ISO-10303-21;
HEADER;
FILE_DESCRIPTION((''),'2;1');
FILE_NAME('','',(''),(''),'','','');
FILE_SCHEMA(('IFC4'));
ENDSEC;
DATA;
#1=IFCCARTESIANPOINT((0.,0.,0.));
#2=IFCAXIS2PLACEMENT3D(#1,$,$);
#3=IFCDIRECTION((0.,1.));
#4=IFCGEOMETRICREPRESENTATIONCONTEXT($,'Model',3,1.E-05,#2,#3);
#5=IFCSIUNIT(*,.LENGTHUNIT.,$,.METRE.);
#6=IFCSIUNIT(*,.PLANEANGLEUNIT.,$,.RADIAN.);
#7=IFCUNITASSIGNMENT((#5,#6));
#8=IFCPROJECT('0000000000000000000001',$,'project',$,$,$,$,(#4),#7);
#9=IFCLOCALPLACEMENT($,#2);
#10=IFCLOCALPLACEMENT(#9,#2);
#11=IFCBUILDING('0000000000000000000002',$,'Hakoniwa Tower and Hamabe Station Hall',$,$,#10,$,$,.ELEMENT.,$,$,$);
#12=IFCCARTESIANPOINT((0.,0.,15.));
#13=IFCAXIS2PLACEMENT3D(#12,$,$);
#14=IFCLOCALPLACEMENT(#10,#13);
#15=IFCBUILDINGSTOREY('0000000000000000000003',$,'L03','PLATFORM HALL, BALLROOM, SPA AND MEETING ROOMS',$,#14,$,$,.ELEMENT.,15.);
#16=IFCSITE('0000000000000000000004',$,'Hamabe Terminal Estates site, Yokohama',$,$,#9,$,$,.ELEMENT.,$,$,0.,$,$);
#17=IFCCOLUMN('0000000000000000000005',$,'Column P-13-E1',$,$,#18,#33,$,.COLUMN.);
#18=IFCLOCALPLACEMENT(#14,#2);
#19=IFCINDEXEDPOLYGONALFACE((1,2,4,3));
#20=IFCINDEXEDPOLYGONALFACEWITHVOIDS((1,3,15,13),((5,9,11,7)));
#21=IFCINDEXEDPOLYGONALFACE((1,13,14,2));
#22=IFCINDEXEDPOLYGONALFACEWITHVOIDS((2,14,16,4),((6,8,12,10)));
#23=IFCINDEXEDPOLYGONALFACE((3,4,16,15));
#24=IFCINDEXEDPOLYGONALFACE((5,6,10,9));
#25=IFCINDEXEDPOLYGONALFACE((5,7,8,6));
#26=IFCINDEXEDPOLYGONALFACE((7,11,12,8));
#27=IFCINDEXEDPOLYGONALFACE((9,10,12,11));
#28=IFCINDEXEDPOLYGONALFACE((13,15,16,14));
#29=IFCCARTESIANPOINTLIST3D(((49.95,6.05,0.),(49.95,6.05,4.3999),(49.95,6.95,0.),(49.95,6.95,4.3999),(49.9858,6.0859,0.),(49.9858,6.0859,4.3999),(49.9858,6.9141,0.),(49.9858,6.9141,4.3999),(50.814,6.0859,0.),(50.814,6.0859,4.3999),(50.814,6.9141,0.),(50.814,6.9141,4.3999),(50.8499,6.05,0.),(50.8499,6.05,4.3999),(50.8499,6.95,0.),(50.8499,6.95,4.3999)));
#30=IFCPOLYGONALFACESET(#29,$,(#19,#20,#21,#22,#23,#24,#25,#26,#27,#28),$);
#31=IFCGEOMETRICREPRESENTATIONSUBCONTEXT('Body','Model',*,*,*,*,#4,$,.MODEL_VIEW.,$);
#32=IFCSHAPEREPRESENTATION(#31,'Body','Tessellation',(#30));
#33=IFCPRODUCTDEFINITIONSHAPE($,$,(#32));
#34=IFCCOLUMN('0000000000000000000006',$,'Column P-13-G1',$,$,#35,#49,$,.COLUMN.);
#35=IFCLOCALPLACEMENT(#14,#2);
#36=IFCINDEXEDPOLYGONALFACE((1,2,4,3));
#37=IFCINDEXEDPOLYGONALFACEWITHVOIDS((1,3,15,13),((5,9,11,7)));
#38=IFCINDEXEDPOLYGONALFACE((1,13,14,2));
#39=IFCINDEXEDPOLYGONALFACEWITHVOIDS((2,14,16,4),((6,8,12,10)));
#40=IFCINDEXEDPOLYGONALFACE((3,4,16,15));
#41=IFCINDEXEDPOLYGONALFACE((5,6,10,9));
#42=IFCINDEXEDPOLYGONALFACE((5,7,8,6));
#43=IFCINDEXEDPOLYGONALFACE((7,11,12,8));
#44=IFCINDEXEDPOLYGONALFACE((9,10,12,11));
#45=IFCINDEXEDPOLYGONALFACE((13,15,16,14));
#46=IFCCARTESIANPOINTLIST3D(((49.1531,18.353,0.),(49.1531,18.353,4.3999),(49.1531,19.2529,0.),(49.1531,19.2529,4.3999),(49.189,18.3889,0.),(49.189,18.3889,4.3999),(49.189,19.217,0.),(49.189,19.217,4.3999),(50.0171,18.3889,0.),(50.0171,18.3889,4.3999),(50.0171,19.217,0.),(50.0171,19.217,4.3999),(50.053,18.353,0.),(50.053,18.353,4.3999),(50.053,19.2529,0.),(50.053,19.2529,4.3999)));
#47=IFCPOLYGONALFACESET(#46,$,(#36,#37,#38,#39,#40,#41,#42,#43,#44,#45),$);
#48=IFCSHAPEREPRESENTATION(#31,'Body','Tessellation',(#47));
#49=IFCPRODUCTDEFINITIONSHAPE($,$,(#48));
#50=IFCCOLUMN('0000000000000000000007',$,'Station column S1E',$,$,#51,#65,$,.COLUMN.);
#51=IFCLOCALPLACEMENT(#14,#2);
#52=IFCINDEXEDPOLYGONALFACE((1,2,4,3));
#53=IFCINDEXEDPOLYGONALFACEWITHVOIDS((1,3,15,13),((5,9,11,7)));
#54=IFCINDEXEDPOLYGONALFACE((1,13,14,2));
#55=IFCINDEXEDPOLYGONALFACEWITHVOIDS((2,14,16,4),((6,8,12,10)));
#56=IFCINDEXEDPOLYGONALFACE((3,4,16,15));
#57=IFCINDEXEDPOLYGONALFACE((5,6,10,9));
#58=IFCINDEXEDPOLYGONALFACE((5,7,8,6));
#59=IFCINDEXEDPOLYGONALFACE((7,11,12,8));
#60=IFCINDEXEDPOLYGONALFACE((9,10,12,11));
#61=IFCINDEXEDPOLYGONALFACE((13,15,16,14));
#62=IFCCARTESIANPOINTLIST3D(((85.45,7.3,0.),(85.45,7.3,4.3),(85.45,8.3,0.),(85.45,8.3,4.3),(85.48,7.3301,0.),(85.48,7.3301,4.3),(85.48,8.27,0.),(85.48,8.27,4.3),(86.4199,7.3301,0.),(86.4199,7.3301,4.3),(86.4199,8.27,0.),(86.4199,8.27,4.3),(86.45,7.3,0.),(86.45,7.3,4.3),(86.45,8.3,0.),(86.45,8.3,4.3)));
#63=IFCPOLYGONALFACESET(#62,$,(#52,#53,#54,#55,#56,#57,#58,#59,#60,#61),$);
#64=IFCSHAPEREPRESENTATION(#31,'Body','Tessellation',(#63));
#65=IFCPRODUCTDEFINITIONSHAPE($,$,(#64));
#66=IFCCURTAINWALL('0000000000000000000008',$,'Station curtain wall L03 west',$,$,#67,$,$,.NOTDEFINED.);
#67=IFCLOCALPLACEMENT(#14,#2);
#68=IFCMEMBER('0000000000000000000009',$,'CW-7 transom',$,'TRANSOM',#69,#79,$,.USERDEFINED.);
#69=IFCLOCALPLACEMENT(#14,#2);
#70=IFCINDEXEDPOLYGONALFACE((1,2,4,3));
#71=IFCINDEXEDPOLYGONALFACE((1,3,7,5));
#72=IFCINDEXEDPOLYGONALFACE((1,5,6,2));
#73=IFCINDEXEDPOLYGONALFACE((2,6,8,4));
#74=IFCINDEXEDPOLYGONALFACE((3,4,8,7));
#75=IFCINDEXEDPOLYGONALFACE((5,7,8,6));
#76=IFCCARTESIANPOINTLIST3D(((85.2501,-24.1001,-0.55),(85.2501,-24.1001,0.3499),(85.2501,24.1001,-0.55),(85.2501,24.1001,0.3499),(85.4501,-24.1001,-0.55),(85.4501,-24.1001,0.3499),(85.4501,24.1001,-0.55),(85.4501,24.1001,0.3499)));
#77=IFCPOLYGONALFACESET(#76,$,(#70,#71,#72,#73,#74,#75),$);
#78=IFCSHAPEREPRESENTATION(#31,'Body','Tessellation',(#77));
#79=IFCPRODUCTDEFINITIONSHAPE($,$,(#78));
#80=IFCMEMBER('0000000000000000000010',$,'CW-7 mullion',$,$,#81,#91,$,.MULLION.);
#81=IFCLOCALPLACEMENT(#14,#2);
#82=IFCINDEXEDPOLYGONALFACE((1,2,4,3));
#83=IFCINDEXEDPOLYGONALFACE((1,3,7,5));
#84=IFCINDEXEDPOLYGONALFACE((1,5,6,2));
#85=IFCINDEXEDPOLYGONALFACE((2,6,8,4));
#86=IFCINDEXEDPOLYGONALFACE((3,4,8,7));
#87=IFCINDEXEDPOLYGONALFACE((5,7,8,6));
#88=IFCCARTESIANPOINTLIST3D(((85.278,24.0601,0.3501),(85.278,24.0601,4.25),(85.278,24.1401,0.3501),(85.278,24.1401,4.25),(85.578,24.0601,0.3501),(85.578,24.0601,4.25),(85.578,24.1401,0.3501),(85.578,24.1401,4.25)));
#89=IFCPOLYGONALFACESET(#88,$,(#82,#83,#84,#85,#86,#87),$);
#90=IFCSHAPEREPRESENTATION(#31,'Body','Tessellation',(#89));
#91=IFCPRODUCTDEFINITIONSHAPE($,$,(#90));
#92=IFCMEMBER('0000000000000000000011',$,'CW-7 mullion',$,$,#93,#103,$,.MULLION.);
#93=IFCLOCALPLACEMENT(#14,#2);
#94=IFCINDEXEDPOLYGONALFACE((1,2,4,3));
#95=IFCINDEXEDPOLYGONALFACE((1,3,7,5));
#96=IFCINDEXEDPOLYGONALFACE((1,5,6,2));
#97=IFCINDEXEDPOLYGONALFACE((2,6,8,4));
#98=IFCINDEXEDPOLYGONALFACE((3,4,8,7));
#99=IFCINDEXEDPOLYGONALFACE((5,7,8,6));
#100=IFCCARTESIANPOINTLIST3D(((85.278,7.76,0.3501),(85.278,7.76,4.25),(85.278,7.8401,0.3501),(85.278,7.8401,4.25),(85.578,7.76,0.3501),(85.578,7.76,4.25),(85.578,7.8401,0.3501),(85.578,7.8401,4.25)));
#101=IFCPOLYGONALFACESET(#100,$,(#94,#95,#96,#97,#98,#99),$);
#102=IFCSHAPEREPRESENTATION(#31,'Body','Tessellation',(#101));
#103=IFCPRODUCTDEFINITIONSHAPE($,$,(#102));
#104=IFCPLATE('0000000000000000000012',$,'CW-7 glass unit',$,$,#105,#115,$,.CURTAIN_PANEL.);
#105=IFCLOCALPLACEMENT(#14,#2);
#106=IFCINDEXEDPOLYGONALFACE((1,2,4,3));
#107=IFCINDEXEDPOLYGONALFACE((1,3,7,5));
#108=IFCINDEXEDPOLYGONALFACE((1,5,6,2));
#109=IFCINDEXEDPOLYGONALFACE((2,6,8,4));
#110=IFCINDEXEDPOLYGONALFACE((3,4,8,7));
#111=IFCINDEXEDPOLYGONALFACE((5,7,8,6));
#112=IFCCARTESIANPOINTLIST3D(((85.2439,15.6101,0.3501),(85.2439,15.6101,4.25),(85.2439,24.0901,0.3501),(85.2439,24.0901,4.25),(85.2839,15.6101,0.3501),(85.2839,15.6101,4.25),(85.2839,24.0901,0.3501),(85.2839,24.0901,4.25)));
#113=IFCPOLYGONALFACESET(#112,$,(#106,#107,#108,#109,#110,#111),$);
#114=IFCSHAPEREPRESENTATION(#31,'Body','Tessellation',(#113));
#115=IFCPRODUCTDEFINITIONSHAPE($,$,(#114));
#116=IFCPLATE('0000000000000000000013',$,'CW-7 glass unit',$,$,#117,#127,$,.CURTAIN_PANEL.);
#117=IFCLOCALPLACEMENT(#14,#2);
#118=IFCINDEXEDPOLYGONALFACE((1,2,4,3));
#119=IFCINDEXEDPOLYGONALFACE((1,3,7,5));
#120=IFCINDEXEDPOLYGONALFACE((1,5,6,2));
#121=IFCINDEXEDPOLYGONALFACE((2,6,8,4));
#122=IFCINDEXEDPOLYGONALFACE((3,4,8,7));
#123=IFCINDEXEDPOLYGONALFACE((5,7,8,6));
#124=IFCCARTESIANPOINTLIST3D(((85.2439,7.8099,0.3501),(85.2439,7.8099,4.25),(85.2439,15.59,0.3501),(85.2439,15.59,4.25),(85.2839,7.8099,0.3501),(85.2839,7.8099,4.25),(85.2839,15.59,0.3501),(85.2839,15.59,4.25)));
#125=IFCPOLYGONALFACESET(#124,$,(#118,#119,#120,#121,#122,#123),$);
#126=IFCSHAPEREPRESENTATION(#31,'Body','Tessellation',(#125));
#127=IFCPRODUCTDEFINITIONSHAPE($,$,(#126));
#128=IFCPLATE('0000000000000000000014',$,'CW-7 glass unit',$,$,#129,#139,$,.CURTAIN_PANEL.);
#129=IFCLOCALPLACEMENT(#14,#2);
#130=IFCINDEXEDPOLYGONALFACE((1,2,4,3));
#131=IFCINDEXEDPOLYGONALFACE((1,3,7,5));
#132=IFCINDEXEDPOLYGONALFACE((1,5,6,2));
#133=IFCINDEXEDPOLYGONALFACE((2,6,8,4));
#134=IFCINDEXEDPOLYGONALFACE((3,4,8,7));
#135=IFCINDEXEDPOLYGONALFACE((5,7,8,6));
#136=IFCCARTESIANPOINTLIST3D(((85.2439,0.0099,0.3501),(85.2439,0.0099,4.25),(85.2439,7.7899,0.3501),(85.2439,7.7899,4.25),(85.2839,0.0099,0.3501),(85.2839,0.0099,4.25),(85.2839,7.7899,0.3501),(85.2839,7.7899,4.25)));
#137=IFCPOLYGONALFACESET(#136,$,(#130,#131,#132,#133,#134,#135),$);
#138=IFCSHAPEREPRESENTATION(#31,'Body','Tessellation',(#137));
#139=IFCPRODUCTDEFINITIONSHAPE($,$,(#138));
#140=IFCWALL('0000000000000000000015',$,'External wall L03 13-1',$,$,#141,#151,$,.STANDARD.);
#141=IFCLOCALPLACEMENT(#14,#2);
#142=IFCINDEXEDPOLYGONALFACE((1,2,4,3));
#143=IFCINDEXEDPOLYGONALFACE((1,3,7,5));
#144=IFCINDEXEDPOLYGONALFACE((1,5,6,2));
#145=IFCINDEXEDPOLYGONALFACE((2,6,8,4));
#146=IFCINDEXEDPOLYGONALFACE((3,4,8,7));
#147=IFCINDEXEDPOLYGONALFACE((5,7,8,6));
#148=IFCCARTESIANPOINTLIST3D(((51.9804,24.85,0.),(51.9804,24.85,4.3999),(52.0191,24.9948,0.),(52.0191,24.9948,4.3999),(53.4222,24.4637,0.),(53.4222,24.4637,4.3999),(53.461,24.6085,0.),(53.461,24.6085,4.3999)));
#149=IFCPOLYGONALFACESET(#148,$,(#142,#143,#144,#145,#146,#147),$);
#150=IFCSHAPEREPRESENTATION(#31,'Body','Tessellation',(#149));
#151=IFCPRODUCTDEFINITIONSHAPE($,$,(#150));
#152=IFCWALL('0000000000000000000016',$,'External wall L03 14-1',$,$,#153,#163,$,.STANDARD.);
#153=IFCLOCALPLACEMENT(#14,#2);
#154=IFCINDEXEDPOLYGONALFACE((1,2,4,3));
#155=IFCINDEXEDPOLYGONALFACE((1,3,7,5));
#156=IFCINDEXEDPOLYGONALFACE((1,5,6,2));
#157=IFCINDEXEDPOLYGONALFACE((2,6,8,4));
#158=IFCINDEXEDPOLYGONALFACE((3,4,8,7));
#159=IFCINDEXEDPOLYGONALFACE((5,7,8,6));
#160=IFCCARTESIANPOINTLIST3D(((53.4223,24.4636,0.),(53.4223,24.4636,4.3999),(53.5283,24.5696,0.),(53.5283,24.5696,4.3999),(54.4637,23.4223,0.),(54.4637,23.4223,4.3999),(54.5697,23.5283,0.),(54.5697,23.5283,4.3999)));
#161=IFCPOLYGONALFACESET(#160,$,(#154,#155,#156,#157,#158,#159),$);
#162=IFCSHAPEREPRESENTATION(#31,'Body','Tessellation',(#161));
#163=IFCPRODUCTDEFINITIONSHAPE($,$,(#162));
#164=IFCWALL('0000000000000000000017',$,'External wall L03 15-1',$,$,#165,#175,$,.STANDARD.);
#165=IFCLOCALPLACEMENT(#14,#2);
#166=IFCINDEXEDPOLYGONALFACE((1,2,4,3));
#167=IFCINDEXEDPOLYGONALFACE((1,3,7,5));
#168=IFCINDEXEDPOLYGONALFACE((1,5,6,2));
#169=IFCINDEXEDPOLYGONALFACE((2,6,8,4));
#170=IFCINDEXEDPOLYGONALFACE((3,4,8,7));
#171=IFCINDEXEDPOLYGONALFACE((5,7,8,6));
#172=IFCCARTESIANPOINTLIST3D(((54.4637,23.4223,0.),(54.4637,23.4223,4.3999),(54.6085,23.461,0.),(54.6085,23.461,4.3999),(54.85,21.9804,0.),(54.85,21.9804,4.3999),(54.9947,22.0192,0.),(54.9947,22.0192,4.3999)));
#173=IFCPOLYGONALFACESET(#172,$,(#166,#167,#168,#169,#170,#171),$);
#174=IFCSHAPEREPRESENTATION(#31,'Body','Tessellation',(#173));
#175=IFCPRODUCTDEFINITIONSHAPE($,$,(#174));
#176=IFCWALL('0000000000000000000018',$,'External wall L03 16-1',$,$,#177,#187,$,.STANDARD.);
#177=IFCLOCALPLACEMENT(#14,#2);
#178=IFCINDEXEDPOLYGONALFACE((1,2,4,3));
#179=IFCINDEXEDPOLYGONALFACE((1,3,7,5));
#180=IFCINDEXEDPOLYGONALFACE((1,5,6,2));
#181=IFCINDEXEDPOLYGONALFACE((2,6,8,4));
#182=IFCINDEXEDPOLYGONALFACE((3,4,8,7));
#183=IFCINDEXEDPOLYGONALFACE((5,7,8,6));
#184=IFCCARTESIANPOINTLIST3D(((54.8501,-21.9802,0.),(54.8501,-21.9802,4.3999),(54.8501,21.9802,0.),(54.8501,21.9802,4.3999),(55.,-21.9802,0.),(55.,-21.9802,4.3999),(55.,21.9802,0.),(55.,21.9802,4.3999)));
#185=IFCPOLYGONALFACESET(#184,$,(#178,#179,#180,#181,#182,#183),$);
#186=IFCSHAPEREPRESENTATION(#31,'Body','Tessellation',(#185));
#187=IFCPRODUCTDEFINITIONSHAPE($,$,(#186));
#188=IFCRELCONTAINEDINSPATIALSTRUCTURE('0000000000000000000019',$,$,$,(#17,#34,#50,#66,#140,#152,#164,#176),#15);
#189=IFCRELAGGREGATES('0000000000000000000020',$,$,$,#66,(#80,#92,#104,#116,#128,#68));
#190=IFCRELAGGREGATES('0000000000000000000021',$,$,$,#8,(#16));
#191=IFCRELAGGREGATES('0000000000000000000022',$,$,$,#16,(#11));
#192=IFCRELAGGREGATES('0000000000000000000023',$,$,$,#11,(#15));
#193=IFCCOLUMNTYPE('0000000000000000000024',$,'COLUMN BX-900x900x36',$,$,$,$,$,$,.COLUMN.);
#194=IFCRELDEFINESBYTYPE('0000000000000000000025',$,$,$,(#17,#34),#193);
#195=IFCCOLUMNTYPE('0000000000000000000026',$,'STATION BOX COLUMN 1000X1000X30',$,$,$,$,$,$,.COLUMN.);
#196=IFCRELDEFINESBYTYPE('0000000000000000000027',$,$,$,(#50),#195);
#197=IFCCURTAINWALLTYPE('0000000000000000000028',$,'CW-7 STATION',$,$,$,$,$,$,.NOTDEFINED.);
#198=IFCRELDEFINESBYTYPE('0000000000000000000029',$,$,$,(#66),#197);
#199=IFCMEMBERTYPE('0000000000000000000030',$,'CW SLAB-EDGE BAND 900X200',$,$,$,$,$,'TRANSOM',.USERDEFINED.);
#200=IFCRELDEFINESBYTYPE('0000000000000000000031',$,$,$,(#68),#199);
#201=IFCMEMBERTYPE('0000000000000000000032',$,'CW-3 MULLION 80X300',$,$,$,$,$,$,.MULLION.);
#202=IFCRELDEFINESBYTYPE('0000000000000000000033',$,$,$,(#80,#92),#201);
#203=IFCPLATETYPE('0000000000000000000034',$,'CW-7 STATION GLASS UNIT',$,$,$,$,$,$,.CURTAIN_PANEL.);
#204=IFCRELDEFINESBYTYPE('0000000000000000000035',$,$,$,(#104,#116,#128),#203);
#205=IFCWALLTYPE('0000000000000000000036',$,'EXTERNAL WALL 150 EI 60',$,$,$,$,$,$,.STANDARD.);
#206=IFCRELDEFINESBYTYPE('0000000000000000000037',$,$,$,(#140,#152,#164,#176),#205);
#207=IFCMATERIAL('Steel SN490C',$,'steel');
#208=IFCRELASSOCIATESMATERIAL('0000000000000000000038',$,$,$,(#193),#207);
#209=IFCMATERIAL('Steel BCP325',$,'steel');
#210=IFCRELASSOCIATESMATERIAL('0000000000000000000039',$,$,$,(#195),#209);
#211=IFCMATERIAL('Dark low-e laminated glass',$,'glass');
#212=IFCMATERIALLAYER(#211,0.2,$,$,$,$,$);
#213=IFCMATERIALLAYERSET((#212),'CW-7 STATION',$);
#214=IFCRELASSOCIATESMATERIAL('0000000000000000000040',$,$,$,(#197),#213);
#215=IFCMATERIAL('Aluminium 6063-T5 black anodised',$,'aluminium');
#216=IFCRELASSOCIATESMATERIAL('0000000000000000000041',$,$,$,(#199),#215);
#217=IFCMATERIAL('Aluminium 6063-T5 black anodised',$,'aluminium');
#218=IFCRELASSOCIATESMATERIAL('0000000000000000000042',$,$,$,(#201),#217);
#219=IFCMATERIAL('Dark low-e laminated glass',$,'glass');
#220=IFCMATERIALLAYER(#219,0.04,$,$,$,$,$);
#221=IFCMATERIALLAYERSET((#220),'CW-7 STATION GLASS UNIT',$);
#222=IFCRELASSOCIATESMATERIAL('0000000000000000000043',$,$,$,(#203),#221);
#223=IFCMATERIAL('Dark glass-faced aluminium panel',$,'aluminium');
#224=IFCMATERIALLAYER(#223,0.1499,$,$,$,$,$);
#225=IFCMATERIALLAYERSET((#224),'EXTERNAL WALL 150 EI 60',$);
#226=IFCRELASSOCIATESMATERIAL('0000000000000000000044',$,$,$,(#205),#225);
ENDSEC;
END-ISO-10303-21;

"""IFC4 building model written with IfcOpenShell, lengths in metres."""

from ifc_helpers import new_model, si_unit, direction, frame, frame_2d, origin, origin_2d, place, context, subcontext, project, spatial, rectangle, hollow_rectangle, extrude, material, layer, layer_set, material_profile, profile_set, type_object, element, aggregate, save


model = new_model("IFC4")

# Units and contexts
model_context = context("Model", 3, precision=1e-05, world=origin(), true_north=direction((0.0, 1.0)))
body_context = subcontext(model_context, "Body", "Model", "MODEL_VIEW")
ifc_project = project(units=[si_unit("LENGTHUNIT", "METRE"), si_unit("PLANEANGLEUNIT", "RADIAN")], contexts=[model_context])

# Site, building, storey
site_placement = place(None, origin())
site = spatial("IfcSite", under=ifc_project, at=site_placement, Name="Hamabe Terminal Estates site, Yokohama", CompositionType="ELEMENT", RefElevation=0.0)
building_placement = place(site_placement, origin())
building = spatial("IfcBuilding", under=site, at=building_placement, Name="Hakoniwa Tower and Hamabe Station Hall", CompositionType="ELEMENT")
storey_placement = place(building_placement, frame((0.0, 0.0, 15.0)))
storey = spatial("IfcBuildingStorey", under=building, at=storey_placement, Name="L03", Description="PLATFORM HALL, BALLROOM, SPA AND MEETING ROOMS", CompositionType="ELEMENT", Elevation=15.0)

# Columns
ifc_material_1 = material(Name="Steel SN490C", Category="steel")
ifc_material_profile_1 = material_profile(ifc_material_1, hollow_rectangle(XDim=0.8999, YDim=0.8999, WallThickness=0.0359, at=origin_2d()), Name="BX-900x900x36")
ifc_profile_set_1 = profile_set([ifc_material_profile_1], Name="Steel SN490C")
column_type_1 = type_object("IfcColumnType", Name="COLUMN BX-900x900x36", PredefinedType="COLUMN", material=ifc_profile_set_1)
for number, where, z_axis, x_axis, name in (
    (1, (50.3999, 6.5, 0.0), (0.0, 0.0, 1.0), (1.0, 0.0, 0.0), "Column P-13-E1"),
    (2, (49.603, 18.803, 0.0), (0.0, 0.0, 1.0), (1.0, 0.0, 0.0), "Column P-13-G1"),
):
    element("IfcColumn", number, at=place(storey_placement, frame(where, z_axis=z_axis, x_axis=x_axis)), inside=storey, type_object=column_type_1, Name=name, PredefinedType="COLUMN", context=body_context, shape_type="SweptSolid", body=[
        extrude(hollow_rectangle(XDim=0.8999, YDim=0.8999, WallThickness=0.0359, at=origin_2d()), origin(), (0.0, 0.0, 1.0), 4.3999),
    ])
ifc_material_2 = material(Name="Steel BCP325", Category="steel")
ifc_material_profile_2 = material_profile(ifc_material_2, hollow_rectangle(XDim=1.0, YDim=1.0, WallThickness=0.03, at=origin_2d()), Name="STATION BOX COLUMN 1000X1000X30")
ifc_profile_set_2 = profile_set([ifc_material_profile_2], Name="Steel BCP325")
column_type_2 = type_object("IfcColumnType", Name="STATION BOX COLUMN 1000X1000X30", PredefinedType="COLUMN", material=ifc_profile_set_2)
column_placement = place(storey_placement, frame((85.95, 7.8, 0.0), z_axis=(0.0, 0.0, 1.0), x_axis=(1.0, 0.0, 0.0)))
element("IfcColumn", 3, at=column_placement, inside=storey, type_object=column_type_2, Name="Station column S1E", PredefinedType="COLUMN", context=body_context, shape_type="SweptSolid", body=[
    extrude(hollow_rectangle(XDim=1.0, YDim=1.0, WallThickness=0.03, at=origin_2d()), origin(), (0.0, 0.0, 1.0), 4.3),
])

# Curtain wall, members, plates
ifc_material_3 = material(Name="Dark low-e laminated glass", Category="glass")
ifc_layer_1 = layer(ifc_material_3, 0.2)
ifc_layer_set_1 = layer_set([ifc_layer_1], Name="CW-7 STATION")
curtain_wall_type = type_object("IfcCurtainWallType", Name="CW-7 STATION", PredefinedType="NOTDEFINED", material=ifc_layer_set_1)
curtain_wall_placement = place(storey_placement, origin())
curtain_wall = element("IfcCurtainWall", 4, at=curtain_wall_placement, inside=storey, type_object=curtain_wall_type, Name="Station curtain wall L03 west", PredefinedType="NOTDEFINED")
ifc_material_4 = material(Name="Aluminium 6063-T5 black anodised", Category="aluminium")
ifc_material_profile_3 = material_profile(ifc_material_4, rectangle(XDim=0.2, YDim=0.8999, at=origin_2d()), Name="CW SLAB-EDGE BAND 900X200")
ifc_profile_set_3 = profile_set([ifc_material_profile_3], Name="Aluminium 6063-T5 black anodised")
member_type_1 = type_object("IfcMemberType", Name="CW SLAB-EDGE BAND 900X200", ElementType="TRANSOM", PredefinedType="USERDEFINED", material=ifc_profile_set_3)
member_1_placement = place(storey_placement, frame((85.3501, 24.1001, -0.1001), z_axis=(0.0, -1.0, 0.0), x_axis=(1.0, 0.0, 0.0)))
member_1 = element("IfcMember", 5, at=member_1_placement, type_object=member_type_1, Name="CW-7 transom", ObjectType="TRANSOM", PredefinedType="USERDEFINED", context=body_context, shape_type="SweptSolid", body=[
    extrude(rectangle(XDim=0.2, YDim=0.8999, at=origin_2d()), origin(), (0.0, 0.0, 1.0), 48.2002),
])
ifc_material_5 = material(Name="Aluminium 6063-T5 black anodised", Category="aluminium")
ifc_material_profile_4 = material_profile(ifc_material_5, rectangle(XDim=0.0801, YDim=0.3, at=origin_2d()), Name="CW-3 MULLION 80X300")
ifc_profile_set_4 = profile_set([ifc_material_profile_4], Name="Aluminium 6063-T5 black anodised")
member_type_2 = type_object("IfcMemberType", Name="CW-3 MULLION 80X300", PredefinedType="MULLION", material=ifc_profile_set_4)
member_2_placement = place(storey_placement, frame((85.428, 24.1001, 0.3501), z_axis=(0.0, 0.0, 1.0), x_axis=(0.0, -1.0, 0.0)))
member_2 = element("IfcMember", 6, at=member_2_placement, type_object=member_type_2, Name="CW-7 mullion", PredefinedType="MULLION", context=body_context, shape_type="SweptSolid", body=[
    extrude(rectangle(XDim=0.0801, YDim=0.3, at=origin_2d()), origin(), (0.0, 0.0, 1.0), 3.8999),
])
member_3_placement = place(storey_placement, frame((85.428, 7.8, 0.3501), z_axis=(0.0, 0.0, 1.0), x_axis=(0.0, -1.0, 0.0)))
member_3 = element("IfcMember", 7, at=member_3_placement, type_object=member_type_2, Name="CW-7 mullion", PredefinedType="MULLION", context=body_context, shape_type="SweptSolid", body=[
    extrude(rectangle(XDim=0.0801, YDim=0.3, at=origin_2d()), origin(), (0.0, 0.0, 1.0), 3.8999),
])
ifc_material_6 = material(Name="Dark low-e laminated glass", Category="glass")
ifc_layer_2 = layer(ifc_material_6, 0.04)
ifc_layer_set_2 = layer_set([ifc_layer_2], Name="CW-7 STATION GLASS UNIT")
plate_type = type_object("IfcPlateType", Name="CW-7 STATION GLASS UNIT", PredefinedType="CURTAIN_PANEL", material=ifc_layer_set_2)
plate_1_placement = place(storey_placement, frame((85.2639, 19.8501, 0.3501), z_axis=(0.0, 0.0, 1.0), x_axis=(0.0, -1.0, 0.0)))
plate_1 = element("IfcPlate", 8, at=plate_1_placement, type_object=plate_type, Name="CW-7 glass unit", PredefinedType="CURTAIN_PANEL", context=body_context, shape_type="SweptSolid", body=[
    extrude(rectangle(XDim=8.48, YDim=0.04, at=origin_2d()), origin(), (0.0, 0.0, 1.0), 3.8999),
])
plate_2_placement = place(storey_placement, frame((85.2639, 11.7, 0.3501), z_axis=(0.0, 0.0, 1.0), x_axis=(0.0, -1.0, 0.0)))
plate_2 = element("IfcPlate", 9, at=plate_2_placement, type_object=plate_type, Name="CW-7 glass unit", PredefinedType="CURTAIN_PANEL", context=body_context, shape_type="SweptSolid", body=[
    extrude(rectangle(XDim=7.78, YDim=0.04, at=origin_2d()), origin(), (0.0, 0.0, 1.0), 3.8999),
])
plate_3_placement = place(storey_placement, frame((85.2639, 3.8999, 0.3501), z_axis=(0.0, 0.0, 1.0), x_axis=(0.0, -1.0, 0.0)))
plate_3 = element("IfcPlate", 10, at=plate_3_placement, type_object=plate_type, Name="CW-7 glass unit", PredefinedType="CURTAIN_PANEL", context=body_context, shape_type="SweptSolid", body=[
    extrude(rectangle(XDim=7.78, YDim=0.04, at=origin_2d()), origin(), (0.0, 0.0, 1.0), 3.8999),
])
aggregate(curtain_wall, [member_2, member_3, plate_1, plate_2, plate_3, member_1])

# Walls
ifc_material_7 = material(Name="Dark glass-faced aluminium panel", Category="aluminium")
ifc_layer_3 = layer(ifc_material_7, 0.1499)
ifc_layer_set_3 = layer_set([ifc_layer_3], Name="EXTERNAL WALL 150 EI 60")
wall_type_1 = type_object("IfcWallType", Name="EXTERNAL WALL 150 EI 60", PredefinedType="STANDARD", material=ifc_layer_set_3)
wall_1_placement = place(storey_placement, frame((51.9998, 24.9224, 0.0), z_axis=(0.0, 0.0, 1.0), x_axis=(0.965947, -0.258742, 0.0)))
element("IfcWall", 11, at=wall_1_placement, inside=storey, type_object=wall_type_1, Name="External wall L03 13-1", PredefinedType="STANDARD", context=body_context, shape_type="SweptSolid", body=[
    extrude(rectangle(XDim=1.4927, YDim=0.1499, at=frame_2d((0.7463, 0.0))), origin(), (0.0, 0.0, 1.0), 4.3999),
])
wall_2_placement = place(storey_placement, frame((53.4753, 24.5166, 0.0), z_axis=(0.0, 0.0, 1.0), x_axis=(0.707107, -0.707107, 0.0)))
element("IfcWall", 12, at=wall_2_placement, inside=storey, type_object=wall_type_1, Name="External wall L03 14-1", PredefinedType="STANDARD", context=body_context, shape_type="SweptSolid", body=[
    extrude(rectangle(XDim=1.4727, YDim=0.1499, at=frame_2d((0.7363, 0.0))), origin(), (0.0, 0.0, 1.0), 4.3999),
])
wall_3_placement = place(storey_placement, frame((54.5361, 23.4417, 0.0), z_axis=(0.0, 0.0, 1.0), x_axis=(0.258742, -0.965947, 0.0)))
element("IfcWall", 13, at=wall_3_placement, inside=storey, type_object=wall_type_1, Name="External wall L03 15-1", PredefinedType="STANDARD", context=body_context, shape_type="SweptSolid", body=[
    extrude(rectangle(XDim=1.4927, YDim=0.1499, at=frame_2d((0.7463, 0.0))), origin(), (0.0, 0.0, 1.0), 4.3999),
])
wall_4_placement = place(storey_placement, frame((54.925, 21.9802, 0.0), z_axis=(0.0, 0.0, 1.0), x_axis=(0.0, -1.0, 0.0)))
element("IfcWall", 14, at=wall_4_placement, inside=storey, type_object=wall_type_1, Name="External wall L03 16-1", PredefinedType="STANDARD", context=body_context, shape_type="SweptSolid", body=[
    extrude(rectangle(XDim=43.9604, YDim=0.1499, at=frame_2d((21.9802, 0.0))), origin(), (0.0, 0.0, 1.0), 4.3999),
])

save(model, "model.ifc")
